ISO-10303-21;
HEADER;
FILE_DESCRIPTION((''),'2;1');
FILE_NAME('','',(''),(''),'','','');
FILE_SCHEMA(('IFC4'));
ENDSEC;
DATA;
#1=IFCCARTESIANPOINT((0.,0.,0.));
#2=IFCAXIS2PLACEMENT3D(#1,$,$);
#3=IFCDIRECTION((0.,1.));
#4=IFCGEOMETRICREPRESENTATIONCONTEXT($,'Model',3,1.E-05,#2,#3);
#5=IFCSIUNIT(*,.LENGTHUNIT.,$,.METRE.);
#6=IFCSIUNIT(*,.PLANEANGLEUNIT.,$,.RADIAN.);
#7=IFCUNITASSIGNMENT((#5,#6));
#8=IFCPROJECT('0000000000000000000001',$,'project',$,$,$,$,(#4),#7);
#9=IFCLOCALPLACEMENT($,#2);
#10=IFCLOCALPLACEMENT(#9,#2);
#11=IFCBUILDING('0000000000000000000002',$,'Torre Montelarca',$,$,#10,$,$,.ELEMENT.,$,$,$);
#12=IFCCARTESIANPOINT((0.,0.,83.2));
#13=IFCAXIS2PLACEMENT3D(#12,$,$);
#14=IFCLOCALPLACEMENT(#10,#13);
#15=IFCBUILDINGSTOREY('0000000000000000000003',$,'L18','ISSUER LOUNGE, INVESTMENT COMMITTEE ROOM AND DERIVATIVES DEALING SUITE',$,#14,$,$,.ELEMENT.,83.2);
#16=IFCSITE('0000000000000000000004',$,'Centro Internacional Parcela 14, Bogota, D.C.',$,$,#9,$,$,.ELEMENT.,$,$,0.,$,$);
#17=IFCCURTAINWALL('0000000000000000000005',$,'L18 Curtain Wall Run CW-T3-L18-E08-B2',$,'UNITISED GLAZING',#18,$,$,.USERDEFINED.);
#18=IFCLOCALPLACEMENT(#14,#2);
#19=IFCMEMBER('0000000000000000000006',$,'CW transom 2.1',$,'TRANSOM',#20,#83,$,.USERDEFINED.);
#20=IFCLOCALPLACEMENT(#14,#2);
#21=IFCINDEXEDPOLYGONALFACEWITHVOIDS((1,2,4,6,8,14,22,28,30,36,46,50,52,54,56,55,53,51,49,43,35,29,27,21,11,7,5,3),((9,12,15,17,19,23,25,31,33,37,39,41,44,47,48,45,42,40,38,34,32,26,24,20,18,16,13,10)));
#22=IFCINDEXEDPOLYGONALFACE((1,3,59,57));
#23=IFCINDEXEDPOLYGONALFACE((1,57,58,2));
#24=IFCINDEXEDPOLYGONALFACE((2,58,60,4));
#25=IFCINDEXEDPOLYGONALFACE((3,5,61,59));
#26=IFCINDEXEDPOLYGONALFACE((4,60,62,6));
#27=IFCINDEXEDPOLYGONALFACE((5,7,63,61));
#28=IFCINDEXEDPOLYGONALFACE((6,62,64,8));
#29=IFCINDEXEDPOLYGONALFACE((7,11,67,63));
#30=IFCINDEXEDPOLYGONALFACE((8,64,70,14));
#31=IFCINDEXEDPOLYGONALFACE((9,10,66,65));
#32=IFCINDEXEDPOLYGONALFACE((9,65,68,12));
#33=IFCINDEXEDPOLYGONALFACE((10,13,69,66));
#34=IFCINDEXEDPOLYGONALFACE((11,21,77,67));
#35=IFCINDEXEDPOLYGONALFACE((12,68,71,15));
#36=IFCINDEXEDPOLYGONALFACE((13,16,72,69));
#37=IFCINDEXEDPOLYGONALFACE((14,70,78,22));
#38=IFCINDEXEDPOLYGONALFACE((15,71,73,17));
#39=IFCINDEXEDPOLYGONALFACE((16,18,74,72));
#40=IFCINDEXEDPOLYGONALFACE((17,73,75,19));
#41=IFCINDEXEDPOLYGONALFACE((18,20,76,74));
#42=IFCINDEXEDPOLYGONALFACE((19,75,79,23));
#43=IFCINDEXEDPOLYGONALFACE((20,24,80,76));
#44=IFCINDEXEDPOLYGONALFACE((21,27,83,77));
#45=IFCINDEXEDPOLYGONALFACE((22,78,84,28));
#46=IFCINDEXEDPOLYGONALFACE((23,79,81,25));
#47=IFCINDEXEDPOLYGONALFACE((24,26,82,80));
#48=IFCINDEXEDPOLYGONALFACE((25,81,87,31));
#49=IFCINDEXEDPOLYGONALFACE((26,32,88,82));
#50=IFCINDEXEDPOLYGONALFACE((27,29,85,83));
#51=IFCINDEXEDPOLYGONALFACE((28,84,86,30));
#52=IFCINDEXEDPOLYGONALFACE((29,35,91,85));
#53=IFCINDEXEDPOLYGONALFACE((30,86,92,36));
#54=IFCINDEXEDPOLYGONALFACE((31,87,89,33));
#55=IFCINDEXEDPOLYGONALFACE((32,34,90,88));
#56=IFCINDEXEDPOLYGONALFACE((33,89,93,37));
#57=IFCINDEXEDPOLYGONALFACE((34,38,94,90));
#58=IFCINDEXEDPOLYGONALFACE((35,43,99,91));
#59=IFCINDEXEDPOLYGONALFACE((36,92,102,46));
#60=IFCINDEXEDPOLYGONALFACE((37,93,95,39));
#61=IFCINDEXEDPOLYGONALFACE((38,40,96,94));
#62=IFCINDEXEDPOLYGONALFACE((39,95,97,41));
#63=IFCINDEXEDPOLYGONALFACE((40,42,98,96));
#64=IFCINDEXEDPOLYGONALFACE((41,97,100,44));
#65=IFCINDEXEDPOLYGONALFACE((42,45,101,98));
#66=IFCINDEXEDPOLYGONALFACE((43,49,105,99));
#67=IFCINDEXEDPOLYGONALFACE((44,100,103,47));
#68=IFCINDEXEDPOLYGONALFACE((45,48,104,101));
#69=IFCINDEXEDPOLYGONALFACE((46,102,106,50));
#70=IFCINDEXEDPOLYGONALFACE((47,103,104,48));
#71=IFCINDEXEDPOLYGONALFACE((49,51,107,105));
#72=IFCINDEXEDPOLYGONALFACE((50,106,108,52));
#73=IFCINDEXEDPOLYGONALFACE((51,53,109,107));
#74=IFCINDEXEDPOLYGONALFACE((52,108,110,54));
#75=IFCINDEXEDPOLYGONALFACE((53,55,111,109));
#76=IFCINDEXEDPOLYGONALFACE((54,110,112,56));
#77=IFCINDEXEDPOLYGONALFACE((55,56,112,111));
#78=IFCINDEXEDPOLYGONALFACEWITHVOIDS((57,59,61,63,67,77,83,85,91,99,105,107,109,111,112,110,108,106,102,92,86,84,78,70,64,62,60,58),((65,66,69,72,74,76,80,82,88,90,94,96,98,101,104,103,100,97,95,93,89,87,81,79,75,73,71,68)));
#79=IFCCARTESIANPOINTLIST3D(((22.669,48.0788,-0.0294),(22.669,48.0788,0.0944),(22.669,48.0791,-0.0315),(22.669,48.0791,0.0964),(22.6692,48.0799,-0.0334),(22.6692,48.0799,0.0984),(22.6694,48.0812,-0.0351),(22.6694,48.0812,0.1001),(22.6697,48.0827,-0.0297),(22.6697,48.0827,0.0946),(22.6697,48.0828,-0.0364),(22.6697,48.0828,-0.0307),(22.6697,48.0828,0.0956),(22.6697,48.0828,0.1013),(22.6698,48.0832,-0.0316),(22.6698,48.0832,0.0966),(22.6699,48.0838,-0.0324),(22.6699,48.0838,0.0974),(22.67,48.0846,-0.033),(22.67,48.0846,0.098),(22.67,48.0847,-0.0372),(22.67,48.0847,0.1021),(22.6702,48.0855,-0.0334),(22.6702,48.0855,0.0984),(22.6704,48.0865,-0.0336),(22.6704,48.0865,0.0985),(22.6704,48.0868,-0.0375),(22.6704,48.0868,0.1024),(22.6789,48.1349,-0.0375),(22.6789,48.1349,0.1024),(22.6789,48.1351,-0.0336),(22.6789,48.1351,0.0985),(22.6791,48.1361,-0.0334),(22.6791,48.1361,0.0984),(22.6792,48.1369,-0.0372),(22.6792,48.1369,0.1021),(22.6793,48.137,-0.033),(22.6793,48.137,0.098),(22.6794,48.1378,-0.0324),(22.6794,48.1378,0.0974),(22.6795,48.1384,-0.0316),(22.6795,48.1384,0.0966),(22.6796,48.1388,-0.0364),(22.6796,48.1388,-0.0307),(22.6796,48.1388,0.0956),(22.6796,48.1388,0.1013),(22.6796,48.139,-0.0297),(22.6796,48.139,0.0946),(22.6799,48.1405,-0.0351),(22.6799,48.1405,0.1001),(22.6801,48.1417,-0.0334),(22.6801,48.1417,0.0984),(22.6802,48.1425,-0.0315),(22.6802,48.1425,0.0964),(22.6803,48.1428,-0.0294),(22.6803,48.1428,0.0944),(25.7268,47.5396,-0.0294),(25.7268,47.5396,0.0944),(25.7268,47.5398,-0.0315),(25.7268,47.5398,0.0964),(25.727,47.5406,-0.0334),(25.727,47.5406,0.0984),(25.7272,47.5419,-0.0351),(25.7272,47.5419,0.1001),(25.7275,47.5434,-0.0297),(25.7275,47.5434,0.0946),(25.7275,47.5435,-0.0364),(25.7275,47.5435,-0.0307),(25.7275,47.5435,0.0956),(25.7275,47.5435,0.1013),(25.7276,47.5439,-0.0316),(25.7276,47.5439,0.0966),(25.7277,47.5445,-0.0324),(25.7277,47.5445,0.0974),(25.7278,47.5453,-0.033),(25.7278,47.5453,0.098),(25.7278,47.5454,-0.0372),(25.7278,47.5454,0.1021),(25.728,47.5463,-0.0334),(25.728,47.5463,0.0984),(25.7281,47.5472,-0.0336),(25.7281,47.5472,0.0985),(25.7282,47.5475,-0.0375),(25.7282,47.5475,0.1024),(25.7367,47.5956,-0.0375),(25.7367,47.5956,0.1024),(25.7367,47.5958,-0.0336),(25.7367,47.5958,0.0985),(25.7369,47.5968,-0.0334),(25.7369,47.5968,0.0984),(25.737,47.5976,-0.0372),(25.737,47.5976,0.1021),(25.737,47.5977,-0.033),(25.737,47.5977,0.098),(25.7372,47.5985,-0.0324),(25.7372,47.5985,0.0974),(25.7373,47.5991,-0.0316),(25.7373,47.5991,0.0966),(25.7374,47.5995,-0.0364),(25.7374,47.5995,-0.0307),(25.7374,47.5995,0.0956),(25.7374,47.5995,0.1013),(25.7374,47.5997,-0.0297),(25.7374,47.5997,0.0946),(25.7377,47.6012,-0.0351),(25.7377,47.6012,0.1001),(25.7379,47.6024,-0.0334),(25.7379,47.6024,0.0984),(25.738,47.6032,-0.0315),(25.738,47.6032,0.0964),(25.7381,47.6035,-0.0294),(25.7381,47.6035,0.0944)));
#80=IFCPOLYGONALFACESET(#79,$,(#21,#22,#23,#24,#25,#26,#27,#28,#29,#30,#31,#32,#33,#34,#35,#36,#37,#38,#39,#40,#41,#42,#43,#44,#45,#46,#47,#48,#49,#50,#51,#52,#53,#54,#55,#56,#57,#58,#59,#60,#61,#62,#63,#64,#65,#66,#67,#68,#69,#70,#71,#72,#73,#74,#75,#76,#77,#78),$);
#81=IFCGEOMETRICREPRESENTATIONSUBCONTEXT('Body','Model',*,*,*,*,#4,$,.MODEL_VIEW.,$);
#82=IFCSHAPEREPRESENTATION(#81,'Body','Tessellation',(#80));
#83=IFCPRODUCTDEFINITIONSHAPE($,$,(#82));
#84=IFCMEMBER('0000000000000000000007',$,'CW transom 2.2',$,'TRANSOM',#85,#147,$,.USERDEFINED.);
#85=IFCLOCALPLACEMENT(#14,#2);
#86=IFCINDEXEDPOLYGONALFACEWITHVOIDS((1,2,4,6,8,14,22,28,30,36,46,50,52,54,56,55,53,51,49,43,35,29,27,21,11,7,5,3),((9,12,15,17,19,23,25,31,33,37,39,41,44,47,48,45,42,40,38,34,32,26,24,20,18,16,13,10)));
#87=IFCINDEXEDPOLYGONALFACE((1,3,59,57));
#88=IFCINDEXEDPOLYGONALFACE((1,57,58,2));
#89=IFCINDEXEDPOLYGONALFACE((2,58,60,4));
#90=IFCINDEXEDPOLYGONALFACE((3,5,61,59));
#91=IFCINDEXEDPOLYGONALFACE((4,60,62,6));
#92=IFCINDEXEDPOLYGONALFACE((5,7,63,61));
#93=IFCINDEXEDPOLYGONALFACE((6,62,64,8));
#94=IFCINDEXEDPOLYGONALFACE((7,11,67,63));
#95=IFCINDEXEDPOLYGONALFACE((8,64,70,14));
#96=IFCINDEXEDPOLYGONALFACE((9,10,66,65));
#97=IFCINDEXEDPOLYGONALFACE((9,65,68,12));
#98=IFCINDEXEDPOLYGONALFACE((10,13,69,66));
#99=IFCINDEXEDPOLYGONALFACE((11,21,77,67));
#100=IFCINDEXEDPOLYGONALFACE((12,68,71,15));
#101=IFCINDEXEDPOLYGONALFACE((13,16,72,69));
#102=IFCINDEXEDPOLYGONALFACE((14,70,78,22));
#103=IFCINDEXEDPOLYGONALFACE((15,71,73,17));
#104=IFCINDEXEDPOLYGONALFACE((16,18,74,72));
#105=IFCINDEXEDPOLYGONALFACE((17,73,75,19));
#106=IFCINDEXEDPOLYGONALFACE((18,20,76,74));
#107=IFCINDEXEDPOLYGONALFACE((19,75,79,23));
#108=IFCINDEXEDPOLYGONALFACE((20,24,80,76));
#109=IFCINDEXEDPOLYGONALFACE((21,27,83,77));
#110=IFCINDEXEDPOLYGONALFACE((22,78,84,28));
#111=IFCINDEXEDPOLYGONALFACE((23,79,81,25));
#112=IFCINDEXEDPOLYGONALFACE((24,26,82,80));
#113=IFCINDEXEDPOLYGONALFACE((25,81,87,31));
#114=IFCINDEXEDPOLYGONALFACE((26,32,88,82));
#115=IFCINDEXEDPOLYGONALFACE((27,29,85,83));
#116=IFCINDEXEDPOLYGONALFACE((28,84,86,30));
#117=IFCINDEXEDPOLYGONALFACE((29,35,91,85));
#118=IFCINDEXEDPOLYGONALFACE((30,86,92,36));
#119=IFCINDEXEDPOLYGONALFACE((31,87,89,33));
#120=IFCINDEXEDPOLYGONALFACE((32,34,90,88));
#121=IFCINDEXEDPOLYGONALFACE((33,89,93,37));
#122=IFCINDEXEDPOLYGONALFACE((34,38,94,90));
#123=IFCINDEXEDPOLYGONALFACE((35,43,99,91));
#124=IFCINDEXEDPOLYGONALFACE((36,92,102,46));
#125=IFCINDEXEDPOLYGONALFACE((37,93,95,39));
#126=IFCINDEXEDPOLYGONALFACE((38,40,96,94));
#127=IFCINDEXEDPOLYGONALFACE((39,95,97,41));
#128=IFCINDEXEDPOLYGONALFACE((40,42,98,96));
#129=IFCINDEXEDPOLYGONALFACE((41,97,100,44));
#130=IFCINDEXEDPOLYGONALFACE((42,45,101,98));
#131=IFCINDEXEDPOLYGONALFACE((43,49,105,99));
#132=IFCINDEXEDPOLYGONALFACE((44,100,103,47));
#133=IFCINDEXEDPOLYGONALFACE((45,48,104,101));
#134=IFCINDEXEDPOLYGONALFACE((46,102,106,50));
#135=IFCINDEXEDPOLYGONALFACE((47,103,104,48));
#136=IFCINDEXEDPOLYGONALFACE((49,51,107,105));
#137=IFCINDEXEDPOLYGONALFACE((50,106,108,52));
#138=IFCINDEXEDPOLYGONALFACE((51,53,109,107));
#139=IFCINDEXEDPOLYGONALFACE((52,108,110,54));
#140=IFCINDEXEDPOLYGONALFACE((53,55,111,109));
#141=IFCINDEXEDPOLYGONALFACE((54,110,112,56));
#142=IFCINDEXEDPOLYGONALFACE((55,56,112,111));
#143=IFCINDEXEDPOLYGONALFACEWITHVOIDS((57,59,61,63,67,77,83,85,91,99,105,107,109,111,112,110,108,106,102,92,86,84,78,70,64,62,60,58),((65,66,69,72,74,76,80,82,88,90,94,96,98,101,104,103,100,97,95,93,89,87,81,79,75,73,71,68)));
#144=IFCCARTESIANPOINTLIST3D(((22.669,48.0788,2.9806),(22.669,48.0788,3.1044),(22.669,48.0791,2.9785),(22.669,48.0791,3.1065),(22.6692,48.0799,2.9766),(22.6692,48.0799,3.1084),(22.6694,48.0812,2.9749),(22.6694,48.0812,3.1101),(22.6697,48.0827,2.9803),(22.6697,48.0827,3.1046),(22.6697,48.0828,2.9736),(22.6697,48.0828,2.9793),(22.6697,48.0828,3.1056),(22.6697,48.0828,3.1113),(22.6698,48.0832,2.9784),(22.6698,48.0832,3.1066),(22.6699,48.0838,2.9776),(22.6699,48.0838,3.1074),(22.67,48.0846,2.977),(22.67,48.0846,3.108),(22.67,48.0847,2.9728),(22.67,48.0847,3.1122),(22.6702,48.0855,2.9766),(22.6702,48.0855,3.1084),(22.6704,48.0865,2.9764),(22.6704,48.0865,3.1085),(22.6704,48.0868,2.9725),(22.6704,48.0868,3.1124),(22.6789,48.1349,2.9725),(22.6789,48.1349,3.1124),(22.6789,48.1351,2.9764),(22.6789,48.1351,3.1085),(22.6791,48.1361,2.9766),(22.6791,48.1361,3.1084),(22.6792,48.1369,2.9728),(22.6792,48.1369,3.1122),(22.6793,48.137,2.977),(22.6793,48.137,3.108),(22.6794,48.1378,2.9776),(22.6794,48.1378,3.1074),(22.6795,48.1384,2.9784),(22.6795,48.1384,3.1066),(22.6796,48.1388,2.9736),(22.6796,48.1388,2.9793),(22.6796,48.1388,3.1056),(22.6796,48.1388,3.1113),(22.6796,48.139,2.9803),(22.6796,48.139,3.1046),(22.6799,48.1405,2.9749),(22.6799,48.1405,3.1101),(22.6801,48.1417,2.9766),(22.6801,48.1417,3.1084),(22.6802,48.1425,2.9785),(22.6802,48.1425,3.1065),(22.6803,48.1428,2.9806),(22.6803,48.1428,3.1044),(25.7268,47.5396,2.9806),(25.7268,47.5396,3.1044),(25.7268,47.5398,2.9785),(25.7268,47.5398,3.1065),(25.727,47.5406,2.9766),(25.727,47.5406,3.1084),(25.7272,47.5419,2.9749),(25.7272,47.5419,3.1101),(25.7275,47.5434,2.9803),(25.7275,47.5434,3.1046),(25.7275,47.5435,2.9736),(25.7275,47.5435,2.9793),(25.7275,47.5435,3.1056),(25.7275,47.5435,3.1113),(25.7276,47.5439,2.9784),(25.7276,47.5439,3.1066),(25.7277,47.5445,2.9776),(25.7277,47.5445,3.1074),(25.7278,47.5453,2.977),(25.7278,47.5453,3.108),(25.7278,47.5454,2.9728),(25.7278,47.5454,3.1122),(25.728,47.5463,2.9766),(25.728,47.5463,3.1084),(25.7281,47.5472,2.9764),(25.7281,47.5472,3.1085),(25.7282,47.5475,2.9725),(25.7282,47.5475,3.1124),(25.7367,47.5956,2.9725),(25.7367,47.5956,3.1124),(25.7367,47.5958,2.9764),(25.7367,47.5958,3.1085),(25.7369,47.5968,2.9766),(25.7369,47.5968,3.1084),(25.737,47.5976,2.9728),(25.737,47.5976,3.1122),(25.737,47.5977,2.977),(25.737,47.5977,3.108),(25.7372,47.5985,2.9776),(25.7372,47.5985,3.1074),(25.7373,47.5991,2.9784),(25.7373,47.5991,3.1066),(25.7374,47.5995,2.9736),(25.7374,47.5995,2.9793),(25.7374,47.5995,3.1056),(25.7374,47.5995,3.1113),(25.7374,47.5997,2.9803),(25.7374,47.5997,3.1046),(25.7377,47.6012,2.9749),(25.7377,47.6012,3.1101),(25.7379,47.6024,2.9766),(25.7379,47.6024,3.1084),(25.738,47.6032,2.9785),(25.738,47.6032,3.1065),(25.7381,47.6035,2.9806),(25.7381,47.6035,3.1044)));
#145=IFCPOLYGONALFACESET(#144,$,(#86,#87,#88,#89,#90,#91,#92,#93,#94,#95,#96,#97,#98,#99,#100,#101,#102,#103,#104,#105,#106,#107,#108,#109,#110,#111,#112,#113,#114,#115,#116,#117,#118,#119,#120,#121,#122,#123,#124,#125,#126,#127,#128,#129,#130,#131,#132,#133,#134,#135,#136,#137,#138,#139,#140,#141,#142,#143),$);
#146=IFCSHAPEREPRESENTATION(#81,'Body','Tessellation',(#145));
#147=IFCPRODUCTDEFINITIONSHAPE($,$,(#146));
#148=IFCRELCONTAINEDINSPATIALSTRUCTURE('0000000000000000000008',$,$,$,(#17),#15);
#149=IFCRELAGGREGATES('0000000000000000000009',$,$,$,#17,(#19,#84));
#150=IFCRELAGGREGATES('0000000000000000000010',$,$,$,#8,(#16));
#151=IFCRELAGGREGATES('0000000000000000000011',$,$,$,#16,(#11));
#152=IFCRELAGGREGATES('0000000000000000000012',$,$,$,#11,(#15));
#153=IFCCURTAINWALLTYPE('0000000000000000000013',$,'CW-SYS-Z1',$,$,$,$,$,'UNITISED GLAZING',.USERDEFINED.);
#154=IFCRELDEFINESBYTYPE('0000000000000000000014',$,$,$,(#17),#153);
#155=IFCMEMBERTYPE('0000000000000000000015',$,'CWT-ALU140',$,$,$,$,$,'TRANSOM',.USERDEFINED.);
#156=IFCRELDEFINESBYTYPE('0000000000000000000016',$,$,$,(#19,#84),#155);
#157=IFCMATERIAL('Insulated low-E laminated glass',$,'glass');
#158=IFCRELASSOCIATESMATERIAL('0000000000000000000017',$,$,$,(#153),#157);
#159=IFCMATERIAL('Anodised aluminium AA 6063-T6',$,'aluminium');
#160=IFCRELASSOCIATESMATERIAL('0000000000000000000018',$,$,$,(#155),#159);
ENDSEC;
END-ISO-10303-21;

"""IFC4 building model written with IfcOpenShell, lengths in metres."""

from ifc_helpers import new_model, si_unit, direction, frame, origin, origin_2d, place, context, subcontext, project, spatial, hollow_rectangle, extrude, source, transform, mapped, material, material_profile, profile_set, type_object, element, aggregate, save


model = new_model("IFC4")

# Units and contexts
model_context = context("Model", 3, precision=1e-05, world=origin(), true_north=direction((0.0, 1.0)))
body_context = subcontext(model_context, "Body", "Model", "MODEL_VIEW")
ifc_project = project(units=[si_unit("LENGTHUNIT", "METRE"), si_unit("PLANEANGLEUNIT", "RADIAN")], contexts=[model_context])

# Site, building, storey
site_placement = place(None, origin())
site = spatial("IfcSite", under=ifc_project, at=site_placement, Name="Centro Internacional Parcela 14, Bogota, D.C.", CompositionType="ELEMENT", RefElevation=0.0)
building_placement = place(site_placement, origin())
building = spatial("IfcBuilding", under=site, at=building_placement, Name="Torre Montelarca", CompositionType="ELEMENT")
storey_placement = place(building_placement, frame((0.0, 0.0, 83.2)))
storey = spatial("IfcBuildingStorey", under=building, at=storey_placement, Name="L18", Description="ISSUER LOUNGE, INVESTMENT COMMITTEE ROOM AND DERIVATIVES DEALING SUITE", CompositionType="ELEMENT", Elevation=83.2)

# Curtain wall, members
ifc_material_1 = material(Name="Insulated low-E laminated glass", Category="glass")
curtain_wall_type = type_object("IfcCurtainWallType", Name="CW-SYS-Z1", ElementType="UNITISED GLAZING", PredefinedType="USERDEFINED", material=ifc_material_1)
curtain_wall_1_placement = place(storey_placement, origin())
curtain_wall_1 = element("IfcCurtainWall", 1, at=curtain_wall_1_placement, inside=storey, type_object=curtain_wall_type, Name="L18 Curtain Wall Run CW-T3-L18-E08-B2", ObjectType="UNITISED GLAZING", PredefinedType="USERDEFINED")
ifc_material_2 = material(Name="Anodised aluminium AA 6063-T6", Category="aluminium")
ifc_material_profile_1 = material_profile(ifc_material_2, hollow_rectangle(XDim=0.0649, YDim=0.1399, WallThickness=0.0039, InnerFilletRadius=0.0039, OuterFilletRadius=0.0081, at=origin_2d()), Name="ALU65X140X4", Category="aluminium")
ifc_profile_set_1 = profile_set([ifc_material_profile_1], Name="Anodised aluminium AA 6063-T6")
member_type_1 = type_object("IfcMemberType", Name="CWT-ALU140", ElementType="TRANSOM", PredefinedType="USERDEFINED", material=ifc_profile_set_1)
shared_shape_1 = source(origin(), body_context, "Body", "SweptSolid", [
    extrude(hollow_rectangle(XDim=0.0649, YDim=0.1399, WallThickness=0.0039, InnerFilletRadius=0.0039, OuterFilletRadius=0.0081, at=origin_2d()), origin(), (0.0, 0.0, 1.0), 3.105),
])
member_1_placement = place(storey_placement, frame((25.7324, 47.5715, 0.0325), z_axis=(-0.984801, 0.173687, 0.0), x_axis=(-0.173687, -0.984801, 0.0)))
member_1 = element("IfcMember", 2, at=member_1_placement, type_object=member_type_1, Name="CW transom 2.1", ObjectType="TRANSOM", PredefinedType="USERDEFINED", context=body_context, shape_type="MappedRepresentation", body=[
    mapped(shared_shape_1, transform((0.0, 0.0, 0.0), scale=1.0)),
])
member_2_placement = place(storey_placement, frame((25.7324, 47.5715, 3.0425), z_axis=(-0.984801, 0.173687, 0.0), x_axis=(-0.173687, -0.984801, 0.0)))
member_2 = element("IfcMember", 3, at=member_2_placement, type_object=member_type_1, Name="CW transom 2.2", ObjectType="TRANSOM", PredefinedType="USERDEFINED", context=body_context, shape_type="MappedRepresentation", body=[
    mapped(shared_shape_1, transform((0.0, 0.0, 0.0), scale=1.0)),
])

aggregate(curtain_wall_1, [member_1, member_2])

save(model, "model.ifc")
